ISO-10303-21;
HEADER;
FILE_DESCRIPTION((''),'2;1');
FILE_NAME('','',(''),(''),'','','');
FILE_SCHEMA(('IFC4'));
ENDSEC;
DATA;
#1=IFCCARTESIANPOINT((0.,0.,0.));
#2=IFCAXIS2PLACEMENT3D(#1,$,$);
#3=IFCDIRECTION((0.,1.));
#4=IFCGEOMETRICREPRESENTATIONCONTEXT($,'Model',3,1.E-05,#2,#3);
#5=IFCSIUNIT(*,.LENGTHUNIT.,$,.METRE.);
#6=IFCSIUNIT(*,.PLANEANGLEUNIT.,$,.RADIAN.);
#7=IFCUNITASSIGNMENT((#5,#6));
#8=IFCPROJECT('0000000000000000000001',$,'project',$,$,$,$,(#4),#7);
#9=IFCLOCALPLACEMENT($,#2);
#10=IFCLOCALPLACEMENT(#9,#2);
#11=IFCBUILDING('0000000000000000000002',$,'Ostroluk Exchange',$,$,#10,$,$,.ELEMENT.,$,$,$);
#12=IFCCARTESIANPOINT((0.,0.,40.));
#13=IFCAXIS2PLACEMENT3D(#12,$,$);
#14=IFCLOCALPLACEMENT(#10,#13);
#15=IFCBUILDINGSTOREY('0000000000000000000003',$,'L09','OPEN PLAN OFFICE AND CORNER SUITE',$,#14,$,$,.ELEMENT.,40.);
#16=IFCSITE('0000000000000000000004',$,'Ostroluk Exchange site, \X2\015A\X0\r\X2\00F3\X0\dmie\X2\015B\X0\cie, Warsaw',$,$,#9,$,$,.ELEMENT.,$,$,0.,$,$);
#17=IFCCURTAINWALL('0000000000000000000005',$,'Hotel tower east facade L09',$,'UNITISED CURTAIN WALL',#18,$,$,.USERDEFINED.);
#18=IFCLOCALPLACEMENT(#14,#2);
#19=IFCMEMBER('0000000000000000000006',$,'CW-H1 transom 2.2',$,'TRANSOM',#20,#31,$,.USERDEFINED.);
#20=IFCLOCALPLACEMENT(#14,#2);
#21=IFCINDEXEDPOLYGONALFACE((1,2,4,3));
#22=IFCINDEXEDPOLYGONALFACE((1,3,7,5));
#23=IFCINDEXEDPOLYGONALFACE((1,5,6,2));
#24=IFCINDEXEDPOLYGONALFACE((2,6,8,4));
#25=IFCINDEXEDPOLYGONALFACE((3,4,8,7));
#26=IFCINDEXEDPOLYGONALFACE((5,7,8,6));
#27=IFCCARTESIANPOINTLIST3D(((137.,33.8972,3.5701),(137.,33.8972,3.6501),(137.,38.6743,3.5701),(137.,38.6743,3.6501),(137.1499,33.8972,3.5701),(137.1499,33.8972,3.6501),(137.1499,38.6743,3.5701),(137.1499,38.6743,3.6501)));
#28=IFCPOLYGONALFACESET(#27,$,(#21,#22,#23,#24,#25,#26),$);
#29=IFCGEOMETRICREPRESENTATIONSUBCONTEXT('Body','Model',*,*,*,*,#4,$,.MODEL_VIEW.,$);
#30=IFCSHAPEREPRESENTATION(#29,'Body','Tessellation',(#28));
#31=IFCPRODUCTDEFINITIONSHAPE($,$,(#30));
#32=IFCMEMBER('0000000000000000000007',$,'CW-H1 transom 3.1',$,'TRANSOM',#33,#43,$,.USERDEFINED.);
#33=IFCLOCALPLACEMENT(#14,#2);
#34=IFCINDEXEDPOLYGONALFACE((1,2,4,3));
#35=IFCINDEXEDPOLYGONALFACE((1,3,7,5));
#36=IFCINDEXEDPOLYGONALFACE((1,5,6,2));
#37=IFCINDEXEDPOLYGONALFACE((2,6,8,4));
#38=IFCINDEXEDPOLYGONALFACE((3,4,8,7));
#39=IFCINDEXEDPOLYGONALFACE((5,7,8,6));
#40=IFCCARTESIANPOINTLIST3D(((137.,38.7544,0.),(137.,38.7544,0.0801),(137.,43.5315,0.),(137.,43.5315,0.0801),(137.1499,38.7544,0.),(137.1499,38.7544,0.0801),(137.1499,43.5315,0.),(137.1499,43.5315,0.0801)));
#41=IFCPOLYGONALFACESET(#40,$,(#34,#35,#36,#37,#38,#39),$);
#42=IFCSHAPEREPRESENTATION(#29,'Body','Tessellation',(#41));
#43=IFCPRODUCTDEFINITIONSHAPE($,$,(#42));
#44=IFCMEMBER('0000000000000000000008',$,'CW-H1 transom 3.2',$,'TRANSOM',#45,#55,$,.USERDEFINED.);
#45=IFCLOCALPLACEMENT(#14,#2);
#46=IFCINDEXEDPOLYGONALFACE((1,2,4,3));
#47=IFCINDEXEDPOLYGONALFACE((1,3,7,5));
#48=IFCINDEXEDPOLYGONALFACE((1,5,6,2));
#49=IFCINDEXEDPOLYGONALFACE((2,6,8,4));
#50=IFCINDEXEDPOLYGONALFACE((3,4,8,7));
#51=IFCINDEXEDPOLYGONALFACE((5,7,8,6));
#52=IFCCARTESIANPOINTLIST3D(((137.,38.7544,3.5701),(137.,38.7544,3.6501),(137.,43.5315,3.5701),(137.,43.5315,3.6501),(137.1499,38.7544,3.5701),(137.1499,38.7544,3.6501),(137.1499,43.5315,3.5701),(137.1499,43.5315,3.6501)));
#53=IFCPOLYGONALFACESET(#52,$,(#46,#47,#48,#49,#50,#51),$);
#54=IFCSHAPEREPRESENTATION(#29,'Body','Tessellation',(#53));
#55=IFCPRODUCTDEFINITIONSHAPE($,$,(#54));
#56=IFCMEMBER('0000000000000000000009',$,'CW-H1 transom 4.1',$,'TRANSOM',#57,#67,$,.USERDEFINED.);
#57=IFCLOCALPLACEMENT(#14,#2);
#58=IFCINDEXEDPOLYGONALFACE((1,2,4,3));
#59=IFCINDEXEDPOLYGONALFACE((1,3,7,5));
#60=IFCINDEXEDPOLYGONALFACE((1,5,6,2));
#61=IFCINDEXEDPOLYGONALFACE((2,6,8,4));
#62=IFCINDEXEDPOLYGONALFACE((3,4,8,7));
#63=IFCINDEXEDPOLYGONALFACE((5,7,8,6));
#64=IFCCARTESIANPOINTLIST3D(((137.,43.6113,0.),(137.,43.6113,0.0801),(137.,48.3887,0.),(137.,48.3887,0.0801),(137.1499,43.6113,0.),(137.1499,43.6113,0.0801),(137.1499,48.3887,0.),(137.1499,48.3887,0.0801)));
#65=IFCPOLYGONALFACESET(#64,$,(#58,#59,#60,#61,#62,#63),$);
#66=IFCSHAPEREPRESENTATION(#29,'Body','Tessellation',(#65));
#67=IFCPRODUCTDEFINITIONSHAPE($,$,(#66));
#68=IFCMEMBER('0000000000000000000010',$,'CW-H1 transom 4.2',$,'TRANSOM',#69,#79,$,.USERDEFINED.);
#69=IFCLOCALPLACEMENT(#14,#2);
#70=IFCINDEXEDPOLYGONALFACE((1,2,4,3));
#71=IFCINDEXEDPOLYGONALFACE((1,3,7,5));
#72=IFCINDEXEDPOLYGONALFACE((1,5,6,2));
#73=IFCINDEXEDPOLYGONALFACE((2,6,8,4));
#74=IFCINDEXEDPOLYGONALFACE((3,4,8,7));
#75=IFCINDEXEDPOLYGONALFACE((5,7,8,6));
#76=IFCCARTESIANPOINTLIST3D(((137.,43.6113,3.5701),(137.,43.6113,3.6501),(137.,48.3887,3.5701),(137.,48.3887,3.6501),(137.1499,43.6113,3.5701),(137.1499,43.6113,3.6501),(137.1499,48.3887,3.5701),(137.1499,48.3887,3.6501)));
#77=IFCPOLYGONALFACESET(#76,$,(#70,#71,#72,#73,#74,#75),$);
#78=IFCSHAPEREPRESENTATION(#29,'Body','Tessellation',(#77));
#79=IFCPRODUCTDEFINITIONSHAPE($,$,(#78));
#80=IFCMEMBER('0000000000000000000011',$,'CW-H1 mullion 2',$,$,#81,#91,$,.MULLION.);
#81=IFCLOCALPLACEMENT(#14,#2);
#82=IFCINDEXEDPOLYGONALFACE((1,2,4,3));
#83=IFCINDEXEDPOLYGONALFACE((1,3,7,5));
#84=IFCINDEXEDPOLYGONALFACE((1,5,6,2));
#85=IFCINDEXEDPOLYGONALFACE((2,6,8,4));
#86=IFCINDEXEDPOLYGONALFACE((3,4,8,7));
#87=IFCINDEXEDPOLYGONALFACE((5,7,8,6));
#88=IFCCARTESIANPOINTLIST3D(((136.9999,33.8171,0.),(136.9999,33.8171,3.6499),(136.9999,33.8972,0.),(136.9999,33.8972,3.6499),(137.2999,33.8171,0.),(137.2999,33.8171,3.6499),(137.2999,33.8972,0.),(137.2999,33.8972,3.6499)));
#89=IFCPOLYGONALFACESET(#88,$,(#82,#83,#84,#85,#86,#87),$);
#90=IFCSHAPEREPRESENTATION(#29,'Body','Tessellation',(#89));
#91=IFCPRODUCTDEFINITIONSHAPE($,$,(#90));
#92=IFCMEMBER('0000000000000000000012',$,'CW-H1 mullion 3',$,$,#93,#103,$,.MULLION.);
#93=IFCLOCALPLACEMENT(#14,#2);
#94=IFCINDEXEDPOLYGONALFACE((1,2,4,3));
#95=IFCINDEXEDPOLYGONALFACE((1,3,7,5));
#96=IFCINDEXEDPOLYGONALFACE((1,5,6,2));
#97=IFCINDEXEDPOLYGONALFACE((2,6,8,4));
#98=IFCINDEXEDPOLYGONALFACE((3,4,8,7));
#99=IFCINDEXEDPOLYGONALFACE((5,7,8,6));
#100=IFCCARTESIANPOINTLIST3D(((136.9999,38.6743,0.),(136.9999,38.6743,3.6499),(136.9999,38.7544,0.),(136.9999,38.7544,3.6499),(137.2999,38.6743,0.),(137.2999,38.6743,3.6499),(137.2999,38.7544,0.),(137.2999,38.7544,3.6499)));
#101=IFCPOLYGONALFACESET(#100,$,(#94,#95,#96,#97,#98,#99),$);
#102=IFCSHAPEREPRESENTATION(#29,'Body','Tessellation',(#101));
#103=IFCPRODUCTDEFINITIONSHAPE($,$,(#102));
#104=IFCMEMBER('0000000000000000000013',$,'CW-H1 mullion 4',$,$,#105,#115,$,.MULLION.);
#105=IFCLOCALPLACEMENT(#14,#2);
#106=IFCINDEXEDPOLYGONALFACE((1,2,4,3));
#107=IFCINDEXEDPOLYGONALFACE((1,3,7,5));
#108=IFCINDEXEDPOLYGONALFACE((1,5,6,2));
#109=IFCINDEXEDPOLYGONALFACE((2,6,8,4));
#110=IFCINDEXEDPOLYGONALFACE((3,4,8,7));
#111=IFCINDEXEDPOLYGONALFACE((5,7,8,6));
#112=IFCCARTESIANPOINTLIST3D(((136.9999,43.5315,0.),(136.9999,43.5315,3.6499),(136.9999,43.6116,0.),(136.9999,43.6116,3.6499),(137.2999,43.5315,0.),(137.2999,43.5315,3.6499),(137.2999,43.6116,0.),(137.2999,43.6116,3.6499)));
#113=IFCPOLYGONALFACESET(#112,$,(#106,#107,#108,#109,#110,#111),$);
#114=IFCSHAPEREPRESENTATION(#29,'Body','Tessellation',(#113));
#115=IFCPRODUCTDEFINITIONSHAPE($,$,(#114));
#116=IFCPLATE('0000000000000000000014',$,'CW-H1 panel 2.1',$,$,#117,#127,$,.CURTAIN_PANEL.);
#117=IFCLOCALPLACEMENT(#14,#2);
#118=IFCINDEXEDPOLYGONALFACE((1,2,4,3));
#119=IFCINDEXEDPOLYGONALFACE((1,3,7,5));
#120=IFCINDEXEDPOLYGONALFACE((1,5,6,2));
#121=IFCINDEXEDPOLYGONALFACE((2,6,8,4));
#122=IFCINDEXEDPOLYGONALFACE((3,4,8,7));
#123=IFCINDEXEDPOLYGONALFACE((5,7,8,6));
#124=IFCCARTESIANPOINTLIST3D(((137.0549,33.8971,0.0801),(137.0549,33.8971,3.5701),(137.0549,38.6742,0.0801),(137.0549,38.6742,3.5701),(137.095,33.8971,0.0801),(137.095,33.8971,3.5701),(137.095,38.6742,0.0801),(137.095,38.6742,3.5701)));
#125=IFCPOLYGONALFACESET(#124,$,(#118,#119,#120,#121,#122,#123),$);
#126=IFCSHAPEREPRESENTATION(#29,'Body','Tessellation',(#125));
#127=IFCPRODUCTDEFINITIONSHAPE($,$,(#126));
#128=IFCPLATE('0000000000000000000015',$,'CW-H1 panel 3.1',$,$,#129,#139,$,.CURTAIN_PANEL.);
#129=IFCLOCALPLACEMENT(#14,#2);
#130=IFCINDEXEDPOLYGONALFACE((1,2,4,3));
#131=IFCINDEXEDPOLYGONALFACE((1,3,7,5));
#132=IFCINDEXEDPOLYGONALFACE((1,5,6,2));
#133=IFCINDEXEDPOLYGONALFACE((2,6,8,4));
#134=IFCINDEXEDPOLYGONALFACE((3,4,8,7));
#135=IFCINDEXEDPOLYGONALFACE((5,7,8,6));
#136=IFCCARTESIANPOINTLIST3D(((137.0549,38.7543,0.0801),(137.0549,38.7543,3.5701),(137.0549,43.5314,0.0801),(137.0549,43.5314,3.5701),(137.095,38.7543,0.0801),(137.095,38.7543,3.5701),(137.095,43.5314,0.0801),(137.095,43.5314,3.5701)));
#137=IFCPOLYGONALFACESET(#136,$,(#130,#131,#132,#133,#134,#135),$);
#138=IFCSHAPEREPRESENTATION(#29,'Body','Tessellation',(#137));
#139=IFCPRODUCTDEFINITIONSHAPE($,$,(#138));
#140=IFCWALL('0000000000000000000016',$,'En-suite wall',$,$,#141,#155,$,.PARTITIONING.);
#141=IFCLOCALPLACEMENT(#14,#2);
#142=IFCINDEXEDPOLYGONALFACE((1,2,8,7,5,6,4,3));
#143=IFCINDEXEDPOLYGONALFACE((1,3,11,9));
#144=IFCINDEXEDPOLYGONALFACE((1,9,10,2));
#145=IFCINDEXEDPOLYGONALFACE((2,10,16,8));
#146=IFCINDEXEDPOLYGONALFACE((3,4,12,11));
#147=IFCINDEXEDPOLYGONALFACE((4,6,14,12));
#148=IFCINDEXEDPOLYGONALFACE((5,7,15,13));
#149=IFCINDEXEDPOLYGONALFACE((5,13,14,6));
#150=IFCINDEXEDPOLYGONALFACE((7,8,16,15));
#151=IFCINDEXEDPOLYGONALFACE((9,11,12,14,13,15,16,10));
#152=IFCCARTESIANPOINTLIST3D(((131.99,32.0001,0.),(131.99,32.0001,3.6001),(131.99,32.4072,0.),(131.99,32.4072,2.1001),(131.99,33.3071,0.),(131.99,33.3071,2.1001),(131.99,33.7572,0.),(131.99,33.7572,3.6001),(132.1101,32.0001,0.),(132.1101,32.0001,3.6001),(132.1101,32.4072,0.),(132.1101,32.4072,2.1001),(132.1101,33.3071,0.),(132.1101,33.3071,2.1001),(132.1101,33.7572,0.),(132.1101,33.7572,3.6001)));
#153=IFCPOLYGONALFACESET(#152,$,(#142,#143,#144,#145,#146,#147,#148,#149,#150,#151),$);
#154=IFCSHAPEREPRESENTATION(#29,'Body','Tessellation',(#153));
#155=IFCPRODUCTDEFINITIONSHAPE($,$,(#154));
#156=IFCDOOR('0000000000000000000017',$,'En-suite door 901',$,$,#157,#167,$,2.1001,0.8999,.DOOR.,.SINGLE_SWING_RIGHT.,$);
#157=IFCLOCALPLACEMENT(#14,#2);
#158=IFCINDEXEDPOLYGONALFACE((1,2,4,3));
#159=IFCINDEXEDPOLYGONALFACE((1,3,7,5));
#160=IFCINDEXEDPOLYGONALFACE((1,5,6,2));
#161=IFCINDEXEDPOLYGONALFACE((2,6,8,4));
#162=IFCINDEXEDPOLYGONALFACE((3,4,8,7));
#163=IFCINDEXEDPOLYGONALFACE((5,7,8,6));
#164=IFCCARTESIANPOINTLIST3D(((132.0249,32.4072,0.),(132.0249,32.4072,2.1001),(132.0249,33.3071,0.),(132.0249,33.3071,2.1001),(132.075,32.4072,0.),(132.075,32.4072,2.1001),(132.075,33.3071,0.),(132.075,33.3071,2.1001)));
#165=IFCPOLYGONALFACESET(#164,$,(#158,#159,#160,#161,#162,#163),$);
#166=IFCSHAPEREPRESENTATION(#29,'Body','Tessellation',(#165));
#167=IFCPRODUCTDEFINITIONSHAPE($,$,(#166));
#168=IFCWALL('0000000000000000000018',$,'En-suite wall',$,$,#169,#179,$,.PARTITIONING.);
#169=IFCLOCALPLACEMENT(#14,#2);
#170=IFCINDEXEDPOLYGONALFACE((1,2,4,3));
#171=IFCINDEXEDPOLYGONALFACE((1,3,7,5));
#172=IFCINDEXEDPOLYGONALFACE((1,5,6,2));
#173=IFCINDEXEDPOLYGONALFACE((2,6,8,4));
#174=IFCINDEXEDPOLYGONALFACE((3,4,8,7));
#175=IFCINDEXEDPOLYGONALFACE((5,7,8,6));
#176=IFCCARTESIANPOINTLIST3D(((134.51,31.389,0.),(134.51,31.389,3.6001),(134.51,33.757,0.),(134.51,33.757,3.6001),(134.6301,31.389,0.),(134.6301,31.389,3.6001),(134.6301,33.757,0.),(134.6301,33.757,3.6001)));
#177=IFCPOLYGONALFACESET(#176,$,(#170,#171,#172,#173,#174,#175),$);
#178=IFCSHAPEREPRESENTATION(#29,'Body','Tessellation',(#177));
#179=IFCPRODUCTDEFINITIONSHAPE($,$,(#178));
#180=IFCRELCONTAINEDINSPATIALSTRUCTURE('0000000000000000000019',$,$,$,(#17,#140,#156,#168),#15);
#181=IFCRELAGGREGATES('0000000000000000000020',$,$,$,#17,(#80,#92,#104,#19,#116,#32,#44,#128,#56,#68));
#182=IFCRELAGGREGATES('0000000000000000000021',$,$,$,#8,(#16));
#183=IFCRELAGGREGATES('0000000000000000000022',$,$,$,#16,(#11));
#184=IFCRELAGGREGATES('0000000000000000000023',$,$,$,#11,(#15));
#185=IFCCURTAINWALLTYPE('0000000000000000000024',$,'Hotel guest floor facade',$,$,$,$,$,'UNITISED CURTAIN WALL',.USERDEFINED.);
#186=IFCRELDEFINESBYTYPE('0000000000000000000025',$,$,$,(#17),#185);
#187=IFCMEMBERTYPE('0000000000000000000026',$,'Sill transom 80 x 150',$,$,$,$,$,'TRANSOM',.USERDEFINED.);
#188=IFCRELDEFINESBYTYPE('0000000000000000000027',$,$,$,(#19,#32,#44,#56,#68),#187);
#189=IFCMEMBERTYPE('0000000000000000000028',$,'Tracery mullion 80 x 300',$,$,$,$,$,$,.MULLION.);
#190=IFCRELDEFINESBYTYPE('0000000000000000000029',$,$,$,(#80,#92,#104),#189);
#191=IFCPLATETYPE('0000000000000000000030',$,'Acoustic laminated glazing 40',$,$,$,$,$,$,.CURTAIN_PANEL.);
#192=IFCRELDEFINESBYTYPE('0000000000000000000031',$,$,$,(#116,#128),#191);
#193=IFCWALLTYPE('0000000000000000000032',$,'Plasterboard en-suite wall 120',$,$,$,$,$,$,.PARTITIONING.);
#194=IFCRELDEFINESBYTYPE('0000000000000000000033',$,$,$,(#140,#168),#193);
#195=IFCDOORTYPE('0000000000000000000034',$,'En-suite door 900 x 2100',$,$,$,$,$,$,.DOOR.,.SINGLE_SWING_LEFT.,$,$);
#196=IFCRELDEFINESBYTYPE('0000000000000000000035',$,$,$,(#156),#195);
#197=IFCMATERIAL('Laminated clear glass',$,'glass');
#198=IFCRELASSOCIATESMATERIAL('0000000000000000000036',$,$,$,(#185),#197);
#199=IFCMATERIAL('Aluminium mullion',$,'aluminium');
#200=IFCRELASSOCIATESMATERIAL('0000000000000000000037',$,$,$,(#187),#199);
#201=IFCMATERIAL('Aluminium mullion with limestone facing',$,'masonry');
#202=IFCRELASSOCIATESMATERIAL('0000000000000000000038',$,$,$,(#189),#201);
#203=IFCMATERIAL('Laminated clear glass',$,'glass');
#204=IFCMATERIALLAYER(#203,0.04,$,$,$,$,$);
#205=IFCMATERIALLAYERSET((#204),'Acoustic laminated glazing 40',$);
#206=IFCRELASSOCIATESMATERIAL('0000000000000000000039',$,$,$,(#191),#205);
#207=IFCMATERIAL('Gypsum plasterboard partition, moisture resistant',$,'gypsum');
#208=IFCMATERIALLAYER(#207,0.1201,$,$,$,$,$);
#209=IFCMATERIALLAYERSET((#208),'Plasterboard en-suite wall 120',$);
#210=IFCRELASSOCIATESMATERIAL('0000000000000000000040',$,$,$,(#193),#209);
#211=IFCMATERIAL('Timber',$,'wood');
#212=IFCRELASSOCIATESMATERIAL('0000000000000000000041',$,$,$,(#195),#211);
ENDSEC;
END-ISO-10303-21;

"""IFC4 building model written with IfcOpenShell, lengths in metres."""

from ifc_helpers import new_model, si_unit, direction, frame, frame_2d, origin, origin_2d, place, context, subcontext, project, spatial, rectangle, extrude, material, layer, layer_set, material_profile, profile_set, type_object, element, fill, aggregate, save


model = new_model("IFC4")

# Units and contexts
model_context = context("Model", 3, precision=1e-05, world=origin(), true_north=direction((0.0, 1.0)))
body_context = subcontext(model_context, "Body", "Model", "MODEL_VIEW")
ifc_project = project(units=[si_unit("LENGTHUNIT", "METRE"), si_unit("PLANEANGLEUNIT", "RADIAN")], contexts=[model_context])

# Site, building, storey
site_placement = place(None, origin())
site = spatial("IfcSite", under=ifc_project, at=site_placement, Name="Ostroluk Exchange site, Śródmieście, Warsaw", CompositionType="ELEMENT", RefElevation=0.0)
building_placement = place(site_placement, origin())
building = spatial("IfcBuilding", under=site, at=building_placement, Name="Ostroluk Exchange", CompositionType="ELEMENT")
storey_placement = place(building_placement, frame((0.0, 0.0, 40.0)))
storey = spatial("IfcBuildingStorey", under=building, at=storey_placement, Name="L09", Description="OPEN PLAN OFFICE AND CORNER SUITE", CompositionType="ELEMENT", Elevation=40.0)

# Curtain wall, members, plates
ifc_material_1 = material(Name="Laminated clear glass", Category="glass")
curtain_wall_type = type_object("IfcCurtainWallType", Name="Hotel guest floor facade", ElementType="UNITISED CURTAIN WALL", PredefinedType="USERDEFINED", material=ifc_material_1)
curtain_wall_placement = place(storey_placement, origin())
curtain_wall = element("IfcCurtainWall", 1, at=curtain_wall_placement, inside=storey, type_object=curtain_wall_type, Name="Hotel tower east facade L09", ObjectType="UNITISED CURTAIN WALL", PredefinedType="USERDEFINED")
ifc_material_2 = material(Name="Aluminium mullion", Category="aluminium")
ifc_material_profile_1 = material_profile(ifc_material_2, rectangle(XDim=0.1499, YDim=0.0801, at=origin_2d()), Name="Sill transom 80 x 150")
ifc_profile_set_1 = profile_set([ifc_material_profile_1], Name="Aluminium mullion")
member_type_1 = type_object("IfcMemberType", Name="Sill transom 80 x 150", ElementType="TRANSOM", PredefinedType="USERDEFINED", material=ifc_profile_set_1)
member_1_placement = place(storey_placement, frame((137.075, 33.8972, 3.6101), z_axis=(0.0, 1.0, 0.0), x_axis=(-1.0, 0.0, 0.0)))
member_1 = element("IfcMember", 2, at=member_1_placement, type_object=member_type_1, Name="CW-H1 transom 2.2", ObjectType="TRANSOM", PredefinedType="USERDEFINED", context=body_context, shape_type="SweptSolid", body=[
    extrude(rectangle(XDim=0.1499, YDim=0.0801, at=origin_2d()), origin(), (0.0, 0.0, 1.0), 4.7771),
])
member_2_placement = place(storey_placement, frame((137.075, 38.7544, 0.04), z_axis=(0.0, 1.0, 0.0), x_axis=(-1.0, 0.0, 0.0)))
member_2 = element("IfcMember", 3, at=member_2_placement, type_object=member_type_1, Name="CW-H1 transom 3.1", ObjectType="TRANSOM", PredefinedType="USERDEFINED", context=body_context, shape_type="SweptSolid", body=[
    extrude(rectangle(XDim=0.1499, YDim=0.0801, at=origin_2d()), origin(), (0.0, 0.0, 1.0), 4.7771),
])
member_3_placement = place(storey_placement, frame((137.075, 38.7544, 3.6101), z_axis=(0.0, 1.0, 0.0), x_axis=(-1.0, 0.0, 0.0)))
member_3 = element("IfcMember", 4, at=member_3_placement, type_object=member_type_1, Name="CW-H1 transom 3.2", ObjectType="TRANSOM", PredefinedType="USERDEFINED", context=body_context, shape_type="SweptSolid", body=[
    extrude(rectangle(XDim=0.1499, YDim=0.0801, at=origin_2d()), origin(), (0.0, 0.0, 1.0), 4.7771),
])
member_4_placement = place(storey_placement, frame((137.075, 43.6113, 0.04), z_axis=(0.0, 1.0, 0.0), x_axis=(-1.0, 0.0, 0.0)))
member_4 = element("IfcMember", 5, at=member_4_placement, type_object=member_type_1, Name="CW-H1 transom 4.1", ObjectType="TRANSOM", PredefinedType="USERDEFINED", context=body_context, shape_type="SweptSolid", body=[
    extrude(rectangle(XDim=0.1499, YDim=0.0801, at=origin_2d()), origin(), (0.0, 0.0, 1.0), 4.7773),
])
member_5_placement = place(storey_placement, frame((137.075, 43.6113, 3.6101), z_axis=(0.0, 1.0, 0.0), x_axis=(-1.0, 0.0, 0.0)))
member_5 = element("IfcMember", 6, at=member_5_placement, type_object=member_type_1, Name="CW-H1 transom 4.2", ObjectType="TRANSOM", PredefinedType="USERDEFINED", context=body_context, shape_type="SweptSolid", body=[
    extrude(rectangle(XDim=0.1499, YDim=0.0801, at=origin_2d()), origin(), (0.0, 0.0, 1.0), 4.7773),
])
ifc_material_3 = material(Name="Aluminium mullion with limestone facing", Category="masonry")
ifc_material_profile_2 = material_profile(ifc_material_3, rectangle(XDim=0.3, YDim=0.0801, at=origin_2d()), Name="Tracery mullion 80 x 300")
ifc_profile_set_2 = profile_set([ifc_material_profile_2], Name="Aluminium mullion with limestone facing")
member_type_2 = type_object("IfcMemberType", Name="Tracery mullion 80 x 300", PredefinedType="MULLION", material=ifc_profile_set_2)
member_6_placement = place(storey_placement, frame((137.1499, 33.8572, 0.0), z_axis=(0.0, 0.0, 1.0), x_axis=(-1.0, 0.0, 0.0)))
member_6 = element("IfcMember", 7, at=member_6_placement, type_object=member_type_2, Name="CW-H1 mullion 2", PredefinedType="MULLION", context=body_context, shape_type="SweptSolid", body=[
    extrude(rectangle(XDim=0.3, YDim=0.0801, at=origin_2d()), origin(), (0.0, 0.0, 1.0), 3.6499),
])
member_7_placement = place(storey_placement, frame((137.1499, 38.7144, 0.0), z_axis=(0.0, 0.0, 1.0), x_axis=(-1.0, 0.0, 0.0)))
member_7 = element("IfcMember", 8, at=member_7_placement, type_object=member_type_2, Name="CW-H1 mullion 3", PredefinedType="MULLION", context=body_context, shape_type="SweptSolid", body=[
    extrude(rectangle(XDim=0.3, YDim=0.0801, at=origin_2d()), origin(), (0.0, 0.0, 1.0), 3.6499),
])
member_8_placement = place(storey_placement, frame((137.1499, 43.5715, 0.0), z_axis=(0.0, 0.0, 1.0), x_axis=(-1.0, 0.0, 0.0)))
member_8 = element("IfcMember", 9, at=member_8_placement, type_object=member_type_2, Name="CW-H1 mullion 4", PredefinedType="MULLION", context=body_context, shape_type="SweptSolid", body=[
    extrude(rectangle(XDim=0.3, YDim=0.0801, at=origin_2d()), origin(), (0.0, 0.0, 1.0), 3.6499),
])
ifc_material_4 = material(Name="Laminated clear glass", Category="glass")
ifc_layer_1 = layer(ifc_material_4, 0.04)
ifc_layer_set_1 = layer_set([ifc_layer_1], Name="Acoustic laminated glazing 40")
plate_type = type_object("IfcPlateType", Name="Acoustic laminated glazing 40", PredefinedType="CURTAIN_PANEL", material=ifc_layer_set_1)
plate_1_placement = place(storey_placement, frame((137.075, 36.2856, 0.0801), z_axis=(0.0, 0.0, 1.0), x_axis=(0.0, 1.0, 0.0)))
plate_1 = element("IfcPlate", 10, at=plate_1_placement, type_object=plate_type, Name="CW-H1 panel 2.1", PredefinedType="CURTAIN_PANEL", context=body_context, shape_type="SweptSolid", body=[
    extrude(rectangle(XDim=4.7771, YDim=0.04, at=origin_2d()), origin(), (0.0, 0.0, 1.0), 3.49),
])
plate_2_placement = place(storey_placement, frame((137.075, 41.1428, 0.0801), z_axis=(0.0, 0.0, 1.0), x_axis=(0.0, 1.0, 0.0)))
plate_2 = element("IfcPlate", 11, at=plate_2_placement, type_object=plate_type, Name="CW-H1 panel 3.1", PredefinedType="CURTAIN_PANEL", context=body_context, shape_type="SweptSolid", body=[
    extrude(rectangle(XDim=4.7771, YDim=0.04, at=origin_2d()), origin(), (0.0, 0.0, 1.0), 3.49),
])
aggregate(curtain_wall, [member_6, member_7, member_8, member_1, plate_1, member_2, member_3, plate_2, member_4, member_5])

# Wall, opening, door
ifc_material_5 = material(Name="Gypsum plasterboard partition, moisture resistant", Category="gypsum")
ifc_layer_2 = layer(ifc_material_5, 0.1201)
ifc_layer_set_2 = layer_set([ifc_layer_2], Name="Plasterboard en-suite wall 120")
wall_type_1 = type_object("IfcWallType", Name="Plasterboard en-suite wall 120", PredefinedType="PARTITIONING", material=ifc_layer_set_2)
wall_1_placement = place(storey_placement, frame((132.05, 33.7571, 0.0), z_axis=(0.0, 0.0, 1.0), x_axis=(0.0, -1.0, 0.0)))
wall_1 = element("IfcWall", 12, at=wall_1_placement, inside=storey, type_object=wall_type_1, Name="En-suite wall", PredefinedType="PARTITIONING", context=body_context, shape_type="SweptSolid", body=[
    extrude(rectangle(XDim=1.7571, YDim=0.1201, at=frame_2d((0.8784, 0.0))), origin(), (0.0, 0.0, 1.0), 3.6001),
])
opening_placement = place(wall_1_placement, frame((0.45, 0.0, 0.0)))
opening = element("IfcOpeningElement", 13, at=opening_placement, cuts=wall_1, PredefinedType="OPENING", context=body_context, shape_type="SweptSolid", body=[
    extrude(rectangle(XDim=0.8999, YDim=2.1001, at=frame_2d((0.45, 1.05))), frame((0.0, 0.0701, 0.0), z_axis=(0.0, -1.0, 0.0), x_axis=(1.0, 0.0, 0.0)), (0.0, 0.0, 1.0), 0.1401),
])
ifc_material_6 = material(Name="Timber", Category="wood")
door_type = type_object("IfcDoorType", Name="En-suite door 900 x 2100", OperationType="SINGLE_SWING_LEFT", PredefinedType="DOOR", material=ifc_material_6)
door_placement = place(opening_placement, origin())
door = element("IfcDoor", 14, at=door_placement, inside=storey, type_object=door_type, Name="En-suite door 901", OperationType="SINGLE_SWING_RIGHT", OverallHeight=2.1001, OverallWidth=0.8999, PredefinedType="DOOR", context=body_context, shape_type="SweptSolid", body=[
    extrude(rectangle(XDim=0.8999, YDim=2.1001, at=frame_2d((0.45, 1.05))), frame((0.0, 0.0249, 0.0), z_axis=(0.0, -1.0, 0.0), x_axis=(1.0, 0.0, 0.0)), (0.0, 0.0, 1.0), 0.05),
])
fill(opening, door)

# Wall
wall_2_placement = place(storey_placement, frame((134.5701, 33.7571, 0.0), z_axis=(0.0, 0.0, 1.0), x_axis=(0.0, -1.0, 0.0)))
element("IfcWall", 15, at=wall_2_placement, inside=storey, type_object=wall_type_1, Name="En-suite wall", PredefinedType="PARTITIONING", context=body_context, shape_type="SweptSolid", body=[
    extrude(rectangle(XDim=2.3679, YDim=0.1201, at=frame_2d((1.1841, 0.0))), origin(), (0.0, 0.0, 1.0), 3.6001),
])

save(model, "model.ifc")
